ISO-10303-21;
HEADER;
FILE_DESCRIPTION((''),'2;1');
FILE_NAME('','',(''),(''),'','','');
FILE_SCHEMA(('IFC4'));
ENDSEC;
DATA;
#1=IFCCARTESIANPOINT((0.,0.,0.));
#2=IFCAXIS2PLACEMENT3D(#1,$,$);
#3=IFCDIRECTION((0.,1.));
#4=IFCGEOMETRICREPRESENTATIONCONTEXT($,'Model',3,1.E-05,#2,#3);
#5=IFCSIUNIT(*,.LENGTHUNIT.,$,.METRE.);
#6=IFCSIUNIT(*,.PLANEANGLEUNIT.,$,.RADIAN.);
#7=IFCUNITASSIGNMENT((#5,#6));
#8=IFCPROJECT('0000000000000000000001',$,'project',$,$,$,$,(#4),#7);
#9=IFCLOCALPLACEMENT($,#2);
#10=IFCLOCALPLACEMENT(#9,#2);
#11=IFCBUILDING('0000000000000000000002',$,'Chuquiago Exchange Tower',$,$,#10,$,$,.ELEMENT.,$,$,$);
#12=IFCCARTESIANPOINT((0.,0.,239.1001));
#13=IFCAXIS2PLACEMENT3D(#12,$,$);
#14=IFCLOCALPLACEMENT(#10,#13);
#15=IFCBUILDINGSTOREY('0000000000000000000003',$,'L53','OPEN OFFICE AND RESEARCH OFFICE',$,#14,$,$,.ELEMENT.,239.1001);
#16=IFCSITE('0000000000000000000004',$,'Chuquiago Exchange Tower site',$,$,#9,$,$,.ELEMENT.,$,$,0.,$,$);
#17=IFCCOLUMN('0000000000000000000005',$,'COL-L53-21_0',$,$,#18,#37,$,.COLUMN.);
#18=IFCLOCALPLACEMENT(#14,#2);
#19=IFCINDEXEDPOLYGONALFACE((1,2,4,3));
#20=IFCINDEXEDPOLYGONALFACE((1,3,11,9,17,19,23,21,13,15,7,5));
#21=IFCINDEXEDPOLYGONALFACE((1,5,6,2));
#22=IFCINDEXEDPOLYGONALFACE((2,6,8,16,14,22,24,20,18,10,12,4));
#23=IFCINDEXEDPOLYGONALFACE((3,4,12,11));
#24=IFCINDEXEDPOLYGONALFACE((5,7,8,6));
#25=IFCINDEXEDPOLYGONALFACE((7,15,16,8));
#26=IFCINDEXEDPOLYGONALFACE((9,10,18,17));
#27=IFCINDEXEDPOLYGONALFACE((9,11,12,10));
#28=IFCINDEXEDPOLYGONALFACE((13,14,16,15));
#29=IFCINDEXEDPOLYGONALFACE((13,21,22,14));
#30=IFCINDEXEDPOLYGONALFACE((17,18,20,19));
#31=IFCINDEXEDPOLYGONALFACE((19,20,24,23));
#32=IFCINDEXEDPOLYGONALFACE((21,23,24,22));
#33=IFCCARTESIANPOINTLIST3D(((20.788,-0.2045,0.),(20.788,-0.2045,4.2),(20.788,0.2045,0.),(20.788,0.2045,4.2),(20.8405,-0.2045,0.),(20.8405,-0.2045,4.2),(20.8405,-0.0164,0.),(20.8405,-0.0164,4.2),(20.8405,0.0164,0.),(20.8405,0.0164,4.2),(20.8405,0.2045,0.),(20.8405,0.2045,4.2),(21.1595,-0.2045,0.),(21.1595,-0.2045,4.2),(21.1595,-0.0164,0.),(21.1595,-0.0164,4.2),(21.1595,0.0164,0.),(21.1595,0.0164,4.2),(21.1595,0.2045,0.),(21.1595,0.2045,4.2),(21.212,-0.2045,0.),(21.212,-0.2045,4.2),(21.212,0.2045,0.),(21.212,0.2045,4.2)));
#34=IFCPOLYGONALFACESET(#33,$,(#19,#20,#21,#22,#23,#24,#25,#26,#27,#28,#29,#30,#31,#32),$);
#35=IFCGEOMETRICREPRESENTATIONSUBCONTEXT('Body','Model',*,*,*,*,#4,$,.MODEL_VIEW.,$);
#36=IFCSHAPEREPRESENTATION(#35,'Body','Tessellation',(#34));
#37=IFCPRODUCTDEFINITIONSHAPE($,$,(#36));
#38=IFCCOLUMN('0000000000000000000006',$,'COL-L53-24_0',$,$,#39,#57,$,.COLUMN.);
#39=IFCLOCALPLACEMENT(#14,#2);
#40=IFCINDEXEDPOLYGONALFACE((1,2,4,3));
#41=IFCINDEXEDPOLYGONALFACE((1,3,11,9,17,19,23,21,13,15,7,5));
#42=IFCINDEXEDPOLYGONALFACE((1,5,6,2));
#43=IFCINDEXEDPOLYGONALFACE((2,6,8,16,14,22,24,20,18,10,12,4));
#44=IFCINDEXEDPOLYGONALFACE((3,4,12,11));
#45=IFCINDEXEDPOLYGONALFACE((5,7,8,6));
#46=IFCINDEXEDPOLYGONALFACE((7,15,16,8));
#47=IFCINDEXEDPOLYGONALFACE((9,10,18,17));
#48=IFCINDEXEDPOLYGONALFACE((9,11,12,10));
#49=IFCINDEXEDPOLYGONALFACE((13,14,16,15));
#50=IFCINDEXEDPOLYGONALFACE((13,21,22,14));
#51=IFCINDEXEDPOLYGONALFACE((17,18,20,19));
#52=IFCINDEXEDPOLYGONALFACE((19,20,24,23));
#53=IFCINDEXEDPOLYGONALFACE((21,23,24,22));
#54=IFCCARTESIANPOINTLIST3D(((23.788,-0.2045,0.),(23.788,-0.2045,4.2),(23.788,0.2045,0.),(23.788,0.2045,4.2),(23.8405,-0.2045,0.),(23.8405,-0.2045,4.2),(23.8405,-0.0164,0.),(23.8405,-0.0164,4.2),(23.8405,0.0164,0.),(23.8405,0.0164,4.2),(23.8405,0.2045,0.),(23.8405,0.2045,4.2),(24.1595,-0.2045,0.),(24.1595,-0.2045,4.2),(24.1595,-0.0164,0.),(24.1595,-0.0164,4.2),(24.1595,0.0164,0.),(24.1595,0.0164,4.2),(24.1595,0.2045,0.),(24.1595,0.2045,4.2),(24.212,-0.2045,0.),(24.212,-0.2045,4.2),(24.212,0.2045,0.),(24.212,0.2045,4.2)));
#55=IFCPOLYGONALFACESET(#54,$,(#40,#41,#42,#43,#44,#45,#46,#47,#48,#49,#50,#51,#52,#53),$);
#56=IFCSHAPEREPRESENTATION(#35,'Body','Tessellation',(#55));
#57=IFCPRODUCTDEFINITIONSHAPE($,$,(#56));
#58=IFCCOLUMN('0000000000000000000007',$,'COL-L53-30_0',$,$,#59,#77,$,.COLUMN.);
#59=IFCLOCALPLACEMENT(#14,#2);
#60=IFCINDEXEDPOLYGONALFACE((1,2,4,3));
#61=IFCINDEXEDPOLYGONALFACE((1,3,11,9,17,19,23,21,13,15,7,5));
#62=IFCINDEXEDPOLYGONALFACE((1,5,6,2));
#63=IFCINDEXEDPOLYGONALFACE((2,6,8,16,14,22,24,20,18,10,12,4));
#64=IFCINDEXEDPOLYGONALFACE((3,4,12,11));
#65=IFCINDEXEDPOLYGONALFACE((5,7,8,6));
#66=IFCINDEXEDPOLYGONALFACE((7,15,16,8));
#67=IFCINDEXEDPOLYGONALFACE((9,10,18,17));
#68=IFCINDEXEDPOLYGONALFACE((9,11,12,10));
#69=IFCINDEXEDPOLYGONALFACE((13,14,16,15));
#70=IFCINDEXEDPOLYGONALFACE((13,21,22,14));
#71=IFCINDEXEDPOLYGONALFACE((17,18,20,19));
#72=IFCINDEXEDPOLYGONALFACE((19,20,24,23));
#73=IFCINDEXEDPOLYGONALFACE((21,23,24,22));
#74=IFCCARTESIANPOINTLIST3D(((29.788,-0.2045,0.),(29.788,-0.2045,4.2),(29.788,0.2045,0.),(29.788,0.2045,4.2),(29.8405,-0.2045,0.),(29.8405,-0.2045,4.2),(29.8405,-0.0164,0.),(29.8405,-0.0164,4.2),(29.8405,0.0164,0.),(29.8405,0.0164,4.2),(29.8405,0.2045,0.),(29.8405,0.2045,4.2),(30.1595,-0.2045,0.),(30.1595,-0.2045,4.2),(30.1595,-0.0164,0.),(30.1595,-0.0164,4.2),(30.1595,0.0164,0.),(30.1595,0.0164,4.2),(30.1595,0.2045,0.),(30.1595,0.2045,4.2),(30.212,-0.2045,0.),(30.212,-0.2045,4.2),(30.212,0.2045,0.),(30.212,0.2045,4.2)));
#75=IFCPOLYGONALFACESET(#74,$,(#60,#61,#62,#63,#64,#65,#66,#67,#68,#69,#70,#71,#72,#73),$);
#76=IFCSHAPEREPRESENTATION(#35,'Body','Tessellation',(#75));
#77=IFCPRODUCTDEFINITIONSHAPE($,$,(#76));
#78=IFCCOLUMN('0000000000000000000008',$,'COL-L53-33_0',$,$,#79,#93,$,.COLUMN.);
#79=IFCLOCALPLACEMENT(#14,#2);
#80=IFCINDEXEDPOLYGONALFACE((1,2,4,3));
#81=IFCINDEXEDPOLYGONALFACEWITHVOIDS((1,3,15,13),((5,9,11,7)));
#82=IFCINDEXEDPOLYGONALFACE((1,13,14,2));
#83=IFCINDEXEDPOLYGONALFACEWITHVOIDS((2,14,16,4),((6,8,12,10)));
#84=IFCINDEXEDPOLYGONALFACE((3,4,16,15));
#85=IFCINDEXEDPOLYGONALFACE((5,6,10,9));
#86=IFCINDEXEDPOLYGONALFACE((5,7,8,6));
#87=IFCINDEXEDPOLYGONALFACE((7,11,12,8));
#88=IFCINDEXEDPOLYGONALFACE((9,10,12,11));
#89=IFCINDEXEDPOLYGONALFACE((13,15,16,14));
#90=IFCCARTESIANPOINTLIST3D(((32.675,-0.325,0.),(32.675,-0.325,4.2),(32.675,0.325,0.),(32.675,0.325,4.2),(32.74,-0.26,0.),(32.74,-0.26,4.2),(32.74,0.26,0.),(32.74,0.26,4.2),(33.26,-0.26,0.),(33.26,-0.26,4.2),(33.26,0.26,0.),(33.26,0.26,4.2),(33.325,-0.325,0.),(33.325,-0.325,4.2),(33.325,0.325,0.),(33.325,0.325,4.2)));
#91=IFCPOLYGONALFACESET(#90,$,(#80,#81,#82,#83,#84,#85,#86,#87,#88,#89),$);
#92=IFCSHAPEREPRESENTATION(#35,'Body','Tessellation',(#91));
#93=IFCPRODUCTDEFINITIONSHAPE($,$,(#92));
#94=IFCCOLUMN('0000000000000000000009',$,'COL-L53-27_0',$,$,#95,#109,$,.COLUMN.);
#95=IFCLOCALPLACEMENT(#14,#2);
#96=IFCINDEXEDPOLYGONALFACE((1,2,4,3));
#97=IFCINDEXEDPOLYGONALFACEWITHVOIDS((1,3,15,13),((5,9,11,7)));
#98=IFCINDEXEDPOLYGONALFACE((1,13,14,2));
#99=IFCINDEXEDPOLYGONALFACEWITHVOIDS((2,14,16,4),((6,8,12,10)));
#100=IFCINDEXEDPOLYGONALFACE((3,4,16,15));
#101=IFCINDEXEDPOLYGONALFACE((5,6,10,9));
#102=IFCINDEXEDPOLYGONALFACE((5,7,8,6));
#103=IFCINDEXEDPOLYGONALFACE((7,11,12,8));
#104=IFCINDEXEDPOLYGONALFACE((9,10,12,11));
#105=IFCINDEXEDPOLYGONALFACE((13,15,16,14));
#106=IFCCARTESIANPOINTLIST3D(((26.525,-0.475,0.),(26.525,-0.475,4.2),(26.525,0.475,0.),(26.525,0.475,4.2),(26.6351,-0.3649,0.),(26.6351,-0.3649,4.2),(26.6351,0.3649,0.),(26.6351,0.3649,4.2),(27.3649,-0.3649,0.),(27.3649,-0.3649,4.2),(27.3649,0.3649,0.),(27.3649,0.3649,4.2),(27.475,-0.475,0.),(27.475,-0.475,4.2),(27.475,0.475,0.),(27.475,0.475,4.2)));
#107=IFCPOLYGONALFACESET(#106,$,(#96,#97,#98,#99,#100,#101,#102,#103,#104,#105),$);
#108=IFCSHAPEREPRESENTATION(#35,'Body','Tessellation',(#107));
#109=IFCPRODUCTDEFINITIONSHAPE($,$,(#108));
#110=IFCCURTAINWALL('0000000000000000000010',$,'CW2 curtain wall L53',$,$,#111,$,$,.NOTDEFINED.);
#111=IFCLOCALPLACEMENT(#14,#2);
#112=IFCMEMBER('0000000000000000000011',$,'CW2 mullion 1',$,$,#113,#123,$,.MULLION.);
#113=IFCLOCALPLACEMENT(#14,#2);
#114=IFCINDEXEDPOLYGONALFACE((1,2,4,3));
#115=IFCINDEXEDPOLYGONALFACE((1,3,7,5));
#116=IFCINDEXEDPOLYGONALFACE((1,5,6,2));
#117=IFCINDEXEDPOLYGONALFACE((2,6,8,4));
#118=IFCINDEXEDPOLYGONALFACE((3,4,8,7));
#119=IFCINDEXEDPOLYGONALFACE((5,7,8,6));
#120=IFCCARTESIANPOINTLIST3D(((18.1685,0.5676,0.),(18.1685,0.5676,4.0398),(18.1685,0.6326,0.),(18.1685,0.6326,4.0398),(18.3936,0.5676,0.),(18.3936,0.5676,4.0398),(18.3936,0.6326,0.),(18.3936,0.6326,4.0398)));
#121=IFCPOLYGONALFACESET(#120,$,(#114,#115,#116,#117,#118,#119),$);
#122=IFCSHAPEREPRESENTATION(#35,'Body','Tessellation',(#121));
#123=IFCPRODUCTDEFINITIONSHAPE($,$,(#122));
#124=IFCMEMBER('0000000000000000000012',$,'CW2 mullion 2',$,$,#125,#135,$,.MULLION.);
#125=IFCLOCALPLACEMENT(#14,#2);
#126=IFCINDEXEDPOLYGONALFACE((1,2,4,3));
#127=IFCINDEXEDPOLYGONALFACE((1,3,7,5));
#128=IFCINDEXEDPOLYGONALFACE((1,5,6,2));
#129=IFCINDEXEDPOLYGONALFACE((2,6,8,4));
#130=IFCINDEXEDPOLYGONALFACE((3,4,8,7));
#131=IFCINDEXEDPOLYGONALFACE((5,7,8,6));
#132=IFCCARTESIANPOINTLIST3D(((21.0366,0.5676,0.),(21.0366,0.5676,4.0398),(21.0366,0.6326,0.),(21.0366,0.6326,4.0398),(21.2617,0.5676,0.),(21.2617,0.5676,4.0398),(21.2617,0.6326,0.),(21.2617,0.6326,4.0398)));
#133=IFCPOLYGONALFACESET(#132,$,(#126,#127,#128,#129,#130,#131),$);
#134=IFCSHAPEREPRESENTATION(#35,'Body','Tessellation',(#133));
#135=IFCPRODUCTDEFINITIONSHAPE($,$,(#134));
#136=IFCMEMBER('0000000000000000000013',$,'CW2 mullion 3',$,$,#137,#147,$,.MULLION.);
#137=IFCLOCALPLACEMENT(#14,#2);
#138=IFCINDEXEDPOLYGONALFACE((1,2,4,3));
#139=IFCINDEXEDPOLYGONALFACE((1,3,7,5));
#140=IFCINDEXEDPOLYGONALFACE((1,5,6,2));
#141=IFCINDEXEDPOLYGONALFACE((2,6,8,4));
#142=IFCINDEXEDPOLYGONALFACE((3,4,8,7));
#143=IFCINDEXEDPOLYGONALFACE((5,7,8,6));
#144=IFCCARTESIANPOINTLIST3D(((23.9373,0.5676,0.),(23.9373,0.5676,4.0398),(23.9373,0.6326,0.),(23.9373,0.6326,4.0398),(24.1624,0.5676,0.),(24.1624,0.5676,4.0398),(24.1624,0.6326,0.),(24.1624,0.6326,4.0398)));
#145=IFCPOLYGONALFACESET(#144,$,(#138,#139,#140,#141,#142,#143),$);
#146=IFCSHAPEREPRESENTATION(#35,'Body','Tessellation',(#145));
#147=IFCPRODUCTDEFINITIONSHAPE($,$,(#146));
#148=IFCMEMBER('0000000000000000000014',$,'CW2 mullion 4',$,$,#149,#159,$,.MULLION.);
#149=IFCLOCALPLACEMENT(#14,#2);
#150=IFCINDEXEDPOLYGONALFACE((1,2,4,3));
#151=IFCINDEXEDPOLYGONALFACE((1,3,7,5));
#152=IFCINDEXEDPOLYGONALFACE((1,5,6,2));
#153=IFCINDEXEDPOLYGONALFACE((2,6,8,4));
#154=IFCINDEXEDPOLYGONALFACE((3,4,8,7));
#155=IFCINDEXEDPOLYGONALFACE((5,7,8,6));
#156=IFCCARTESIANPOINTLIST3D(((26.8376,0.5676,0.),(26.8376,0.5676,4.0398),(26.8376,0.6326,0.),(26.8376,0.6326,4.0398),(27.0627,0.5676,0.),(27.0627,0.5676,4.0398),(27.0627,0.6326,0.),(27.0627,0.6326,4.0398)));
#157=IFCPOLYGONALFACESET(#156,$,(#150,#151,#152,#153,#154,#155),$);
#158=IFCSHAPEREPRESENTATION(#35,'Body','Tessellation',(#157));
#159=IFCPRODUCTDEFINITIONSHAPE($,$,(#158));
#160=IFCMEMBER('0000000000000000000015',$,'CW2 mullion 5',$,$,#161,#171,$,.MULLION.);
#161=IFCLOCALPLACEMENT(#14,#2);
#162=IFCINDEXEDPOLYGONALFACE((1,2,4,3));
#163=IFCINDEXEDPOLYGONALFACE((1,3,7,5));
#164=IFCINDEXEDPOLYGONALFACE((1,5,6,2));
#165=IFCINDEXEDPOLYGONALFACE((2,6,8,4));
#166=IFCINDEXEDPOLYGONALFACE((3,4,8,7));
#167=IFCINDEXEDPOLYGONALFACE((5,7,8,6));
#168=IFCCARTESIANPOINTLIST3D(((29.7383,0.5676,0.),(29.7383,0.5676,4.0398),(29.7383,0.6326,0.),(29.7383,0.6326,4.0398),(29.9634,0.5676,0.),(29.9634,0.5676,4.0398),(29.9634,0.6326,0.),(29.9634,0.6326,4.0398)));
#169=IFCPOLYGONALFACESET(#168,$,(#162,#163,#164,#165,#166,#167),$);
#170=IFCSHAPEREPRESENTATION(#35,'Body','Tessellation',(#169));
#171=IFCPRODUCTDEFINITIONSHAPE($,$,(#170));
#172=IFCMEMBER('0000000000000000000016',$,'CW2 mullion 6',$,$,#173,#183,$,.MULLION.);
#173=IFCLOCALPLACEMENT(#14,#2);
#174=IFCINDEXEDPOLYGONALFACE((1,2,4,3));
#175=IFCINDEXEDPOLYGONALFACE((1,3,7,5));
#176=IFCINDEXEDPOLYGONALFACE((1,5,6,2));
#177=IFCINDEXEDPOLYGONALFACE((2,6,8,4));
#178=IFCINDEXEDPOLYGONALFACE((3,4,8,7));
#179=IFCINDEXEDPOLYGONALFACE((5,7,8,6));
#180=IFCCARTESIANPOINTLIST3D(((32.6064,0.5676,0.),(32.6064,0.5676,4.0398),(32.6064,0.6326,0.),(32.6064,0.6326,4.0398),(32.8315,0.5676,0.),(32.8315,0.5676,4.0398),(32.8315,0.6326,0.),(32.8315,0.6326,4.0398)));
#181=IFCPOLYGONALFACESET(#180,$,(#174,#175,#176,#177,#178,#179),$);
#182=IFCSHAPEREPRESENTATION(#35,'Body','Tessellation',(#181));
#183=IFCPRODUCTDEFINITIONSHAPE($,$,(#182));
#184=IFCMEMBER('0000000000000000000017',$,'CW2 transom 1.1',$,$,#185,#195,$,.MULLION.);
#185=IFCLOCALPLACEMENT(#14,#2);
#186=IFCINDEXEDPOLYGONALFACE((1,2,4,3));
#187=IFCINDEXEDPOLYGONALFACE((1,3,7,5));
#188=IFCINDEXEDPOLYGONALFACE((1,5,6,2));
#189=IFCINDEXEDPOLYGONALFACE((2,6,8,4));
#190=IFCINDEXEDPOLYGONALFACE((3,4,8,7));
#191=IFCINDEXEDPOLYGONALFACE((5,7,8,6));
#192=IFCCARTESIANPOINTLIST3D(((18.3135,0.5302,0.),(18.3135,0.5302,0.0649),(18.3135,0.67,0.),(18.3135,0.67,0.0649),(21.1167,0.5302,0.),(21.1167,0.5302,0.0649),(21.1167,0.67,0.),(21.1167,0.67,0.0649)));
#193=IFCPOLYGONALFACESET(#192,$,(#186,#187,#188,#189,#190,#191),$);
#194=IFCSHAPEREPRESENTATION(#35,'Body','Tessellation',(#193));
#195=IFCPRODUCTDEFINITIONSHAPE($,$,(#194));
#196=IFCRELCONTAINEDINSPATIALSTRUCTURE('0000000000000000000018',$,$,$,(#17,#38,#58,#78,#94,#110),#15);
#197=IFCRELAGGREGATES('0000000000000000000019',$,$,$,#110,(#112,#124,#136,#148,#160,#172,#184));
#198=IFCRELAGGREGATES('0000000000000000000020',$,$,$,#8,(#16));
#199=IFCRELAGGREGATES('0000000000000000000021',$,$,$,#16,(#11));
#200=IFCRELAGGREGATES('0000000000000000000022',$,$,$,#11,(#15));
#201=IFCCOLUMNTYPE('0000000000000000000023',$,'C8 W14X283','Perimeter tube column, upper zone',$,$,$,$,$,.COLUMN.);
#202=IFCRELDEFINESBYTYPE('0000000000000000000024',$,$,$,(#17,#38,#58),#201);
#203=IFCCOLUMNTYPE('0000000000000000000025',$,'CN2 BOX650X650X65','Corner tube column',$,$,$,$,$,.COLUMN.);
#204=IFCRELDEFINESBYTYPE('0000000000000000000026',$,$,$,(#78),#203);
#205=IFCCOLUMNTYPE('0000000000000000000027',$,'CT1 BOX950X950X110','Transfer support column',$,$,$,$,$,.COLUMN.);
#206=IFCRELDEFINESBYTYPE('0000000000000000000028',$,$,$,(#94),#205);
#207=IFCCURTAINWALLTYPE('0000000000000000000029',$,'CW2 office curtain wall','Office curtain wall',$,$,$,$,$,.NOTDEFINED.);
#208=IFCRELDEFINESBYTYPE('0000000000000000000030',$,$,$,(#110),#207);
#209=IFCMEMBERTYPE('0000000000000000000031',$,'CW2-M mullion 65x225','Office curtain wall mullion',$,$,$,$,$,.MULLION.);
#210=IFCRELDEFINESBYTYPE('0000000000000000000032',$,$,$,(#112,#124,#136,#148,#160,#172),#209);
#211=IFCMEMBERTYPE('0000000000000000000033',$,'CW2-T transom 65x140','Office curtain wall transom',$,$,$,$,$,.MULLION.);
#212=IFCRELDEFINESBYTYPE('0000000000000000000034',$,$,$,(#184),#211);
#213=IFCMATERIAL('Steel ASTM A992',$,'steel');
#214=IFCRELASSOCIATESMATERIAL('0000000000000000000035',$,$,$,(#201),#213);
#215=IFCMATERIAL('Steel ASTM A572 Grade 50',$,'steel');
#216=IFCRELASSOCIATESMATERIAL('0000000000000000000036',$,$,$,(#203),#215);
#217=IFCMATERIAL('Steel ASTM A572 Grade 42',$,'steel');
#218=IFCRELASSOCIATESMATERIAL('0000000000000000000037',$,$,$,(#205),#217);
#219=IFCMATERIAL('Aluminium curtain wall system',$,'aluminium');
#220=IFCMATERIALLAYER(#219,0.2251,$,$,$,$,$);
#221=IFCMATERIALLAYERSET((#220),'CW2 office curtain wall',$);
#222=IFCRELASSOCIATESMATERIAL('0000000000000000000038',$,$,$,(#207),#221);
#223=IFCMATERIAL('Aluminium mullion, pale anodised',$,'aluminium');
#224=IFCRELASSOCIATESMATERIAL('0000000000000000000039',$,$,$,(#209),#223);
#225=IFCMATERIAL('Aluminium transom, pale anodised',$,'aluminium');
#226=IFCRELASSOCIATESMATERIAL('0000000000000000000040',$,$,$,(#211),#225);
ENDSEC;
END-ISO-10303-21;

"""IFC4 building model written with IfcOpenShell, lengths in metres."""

from ifc_helpers import new_model, si_unit, direction, frame, origin, origin_2d, place, context, subcontext, project, spatial, rectangle, hollow_rectangle, i_section, extrude, material, layer, layer_set, material_profile, profile_set, type_object, element, aggregate, save


model = new_model("IFC4")

# Units and contexts
model_context = context("Model", 3, precision=1e-05, world=origin(), true_north=direction((0.0, 1.0)))
body_context = subcontext(model_context, "Body", "Model", "MODEL_VIEW")
ifc_project = project(units=[si_unit("LENGTHUNIT", "METRE"), si_unit("PLANEANGLEUNIT", "RADIAN")], contexts=[model_context])

# Site, building, storey
site_placement = place(None, origin())
site = spatial("IfcSite", under=ifc_project, at=site_placement, Name="Chuquiago Exchange Tower site", CompositionType="ELEMENT", RefElevation=0.0)
building_placement = place(site_placement, origin())
building = spatial("IfcBuilding", under=site, at=building_placement, Name="Chuquiago Exchange Tower", CompositionType="ELEMENT")
storey_placement = place(building_placement, frame((0.0, 0.0, 239.1001)))
storey = spatial("IfcBuildingStorey", under=building, at=storey_placement, Name="L53", Description="OPEN OFFICE AND RESEARCH OFFICE", CompositionType="ELEMENT", Elevation=239.1001)

# Columns
ifc_material_1 = material(Name="Steel ASTM A992", Category="steel")
ifc_material_profile_1 = material_profile(ifc_material_1, i_section(OverallWidth=0.4089, OverallDepth=0.4241, WebThickness=0.0327, FlangeThickness=0.0525, at=origin_2d()), Name="W14X283")
ifc_profile_set_1 = profile_set([ifc_material_profile_1], Name="Steel ASTM A992")
column_type_1 = type_object("IfcColumnType", Name="C8 W14X283", Description="Perimeter tube column, upper zone", PredefinedType="COLUMN", material=ifc_profile_set_1)
for number, where, z_axis, x_axis, name in (
    (1, (21.0, 0.0, 0.0), (0.0, 0.0, 1.0), (0.0, -1.0, 0.0), "COL-L53-21_0"),
    (2, (24.0, 0.0, 0.0), (0.0, 0.0, 1.0), (0.0, -1.0, 0.0), "COL-L53-24_0"),
    (3, (30.0, 0.0, 0.0), (0.0, 0.0, 1.0), (0.0, -1.0, 0.0), "COL-L53-30_0"),
):
    element("IfcColumn", number, at=place(storey_placement, frame(where, z_axis=z_axis, x_axis=x_axis)), inside=storey, type_object=column_type_1, Name=name, PredefinedType="COLUMN", context=body_context, shape_type="SweptSolid", body=[
        extrude(i_section(OverallWidth=0.4089, OverallDepth=0.4241, WebThickness=0.0327, FlangeThickness=0.0525, at=origin_2d()), origin(), (0.0, 0.0, 1.0), 4.2),
    ])
ifc_material_2 = material(Name="Steel ASTM A572 Grade 50", Category="steel")
ifc_material_profile_2 = material_profile(ifc_material_2, hollow_rectangle(XDim=0.6499, YDim=0.6499, WallThickness=0.0649, at=origin_2d()), Name="BOX650X650X65")
ifc_profile_set_2 = profile_set([ifc_material_profile_2], Name="Steel ASTM A572 Grade 50")
column_type_2 = type_object("IfcColumnType", Name="CN2 BOX650X650X65", Description="Corner tube column", PredefinedType="COLUMN", material=ifc_profile_set_2)
column_1_placement = place(storey_placement, frame((33.0, 0.0, 0.0), z_axis=(0.0, 0.0, 1.0), x_axis=(0.0, -1.0, 0.0)))
element("IfcColumn", 4, at=column_1_placement, inside=storey, type_object=column_type_2, Name="COL-L53-33_0", PredefinedType="COLUMN", context=body_context, shape_type="SweptSolid", body=[
    extrude(hollow_rectangle(XDim=0.6499, YDim=0.6499, WallThickness=0.0649, at=origin_2d()), origin(), (0.0, 0.0, 1.0), 4.2),
])
ifc_material_3 = material(Name="Steel ASTM A572 Grade 42", Category="steel")
ifc_material_profile_3 = material_profile(ifc_material_3, hollow_rectangle(XDim=0.95, YDim=0.95, WallThickness=0.1101, at=origin_2d()), Name="BOX950X950X110")
ifc_profile_set_3 = profile_set([ifc_material_profile_3], Name="Steel ASTM A572 Grade 42")
column_type_3 = type_object("IfcColumnType", Name="CT1 BOX950X950X110", Description="Transfer support column", PredefinedType="COLUMN", material=ifc_profile_set_3)
column_2_placement = place(storey_placement, frame((27.0, 0.0, 0.0), z_axis=(0.0, 0.0, 1.0), x_axis=(0.0, -1.0, 0.0)))
element("IfcColumn", 5, at=column_2_placement, inside=storey, type_object=column_type_3, Name="COL-L53-27_0", PredefinedType="COLUMN", context=body_context, shape_type="SweptSolid", body=[
    extrude(hollow_rectangle(XDim=0.95, YDim=0.95, WallThickness=0.1101, at=origin_2d()), origin(), (0.0, 0.0, 1.0), 4.2),
])

# Curtain wall, members
ifc_material_4 = material(Name="Aluminium curtain wall system", Category="aluminium")
ifc_layer_1 = layer(ifc_material_4, 0.2251)
ifc_layer_set_1 = layer_set([ifc_layer_1], Name="CW2 office curtain wall")
curtain_wall_type_1 = type_object("IfcCurtainWallType", Name="CW2 office curtain wall", Description="Office curtain wall", PredefinedType="NOTDEFINED", material=ifc_layer_set_1)
curtain_wall_1_placement = place(storey_placement, origin())
curtain_wall_1 = element("IfcCurtainWall", 6, at=curtain_wall_1_placement, inside=storey, type_object=curtain_wall_type_1, Name="CW2 curtain wall L53", PredefinedType="NOTDEFINED")
ifc_material_5 = material(Name="Aluminium mullion, pale anodised", Category="aluminium")
ifc_material_profile_4 = material_profile(ifc_material_5, rectangle(XDim=0.0649, YDim=0.2251, at=origin_2d()), Name="AL 65x225")
ifc_profile_set_4 = profile_set([ifc_material_profile_4], Name="Aluminium mullion, pale anodised")
member_type_1 = type_object("IfcMemberType", Name="CW2-M mullion 65x225", Description="Office curtain wall mullion", PredefinedType="MULLION", material=ifc_profile_set_4)
member_1_placement = place(storey_placement, frame((18.281, 0.6001, 0.0), z_axis=(0.0, 0.0, 1.0), x_axis=(0.0, 1.0, 0.0)))
member_1 = element("IfcMember", 7, at=member_1_placement, type_object=member_type_1, Name="CW2 mullion 1", PredefinedType="MULLION", context=body_context, shape_type="SweptSolid", body=[
    extrude(rectangle(XDim=0.0649, YDim=0.2251, at=origin_2d()), origin(), (0.0, 0.0, 1.0), 4.0398),
])
member_2_placement = place(storey_placement, frame((21.1492, 0.6001, 0.0), z_axis=(0.0, 0.0, 1.0), x_axis=(0.0, 1.0, 0.0)))
member_2 = element("IfcMember", 8, at=member_2_placement, type_object=member_type_1, Name="CW2 mullion 2", PredefinedType="MULLION", context=body_context, shape_type="SweptSolid", body=[
    extrude(rectangle(XDim=0.0649, YDim=0.2251, at=origin_2d()), origin(), (0.0, 0.0, 1.0), 4.0398),
])
member_3_placement = place(storey_placement, frame((24.0498, 0.6001, 0.0), z_axis=(0.0, 0.0, 1.0), x_axis=(0.0, 1.0, 0.0)))
member_3 = element("IfcMember", 9, at=member_3_placement, type_object=member_type_1, Name="CW2 mullion 3", PredefinedType="MULLION", context=body_context, shape_type="SweptSolid", body=[
    extrude(rectangle(XDim=0.0649, YDim=0.2251, at=origin_2d()), origin(), (0.0, 0.0, 1.0), 4.0398),
])
member_4_placement = place(storey_placement, frame((26.9502, 0.6001, 0.0), z_axis=(0.0, 0.0, 1.0), x_axis=(0.0, 1.0, 0.0)))
member_4 = element("IfcMember", 10, at=member_4_placement, type_object=member_type_1, Name="CW2 mullion 4", PredefinedType="MULLION", context=body_context, shape_type="SweptSolid", body=[
    extrude(rectangle(XDim=0.0649, YDim=0.2251, at=origin_2d()), origin(), (0.0, 0.0, 1.0), 4.0398),
])
member_5_placement = place(storey_placement, frame((29.8508, 0.6001, 0.0), z_axis=(0.0, 0.0, 1.0), x_axis=(0.0, 1.0, 0.0)))
member_5 = element("IfcMember", 11, at=member_5_placement, type_object=member_type_1, Name="CW2 mullion 5", PredefinedType="MULLION", context=body_context, shape_type="SweptSolid", body=[
    extrude(rectangle(XDim=0.0649, YDim=0.2251, at=origin_2d()), origin(), (0.0, 0.0, 1.0), 4.0398),
])
member_6_placement = place(storey_placement, frame((32.719, 0.6001, 0.0), z_axis=(0.0, 0.0, 1.0), x_axis=(0.0, 1.0, 0.0)))
member_6 = element("IfcMember", 12, at=member_6_placement, type_object=member_type_1, Name="CW2 mullion 6", PredefinedType="MULLION", context=body_context, shape_type="SweptSolid", body=[
    extrude(rectangle(XDim=0.0649, YDim=0.2251, at=origin_2d()), origin(), (0.0, 0.0, 1.0), 4.0398),
])
ifc_material_6 = material(Name="Aluminium transom, pale anodised", Category="aluminium")
ifc_material_profile_5 = material_profile(ifc_material_6, rectangle(XDim=0.1399, YDim=0.0649, at=origin_2d()), Name="AL 140x65")
ifc_profile_set_5 = profile_set([ifc_material_profile_5], Name="Aluminium transom, pale anodised")
member_type_2 = type_object("IfcMemberType", Name="CW2-T transom 65x140", Description="Office curtain wall transom", PredefinedType="MULLION", material=ifc_profile_set_5)
member_7_placement = place(storey_placement, frame((18.3135, 0.6001, 0.0325), z_axis=(1.0, 0.0, 0.0), x_axis=(0.0, 1.0, 0.0)))
member_7 = element("IfcMember", 13, at=member_7_placement, type_object=member_type_2, Name="CW2 transom 1.1", PredefinedType="MULLION", context=body_context, shape_type="SweptSolid", body=[
    extrude(rectangle(XDim=0.1399, YDim=0.0649, at=origin_2d()), origin(), (0.0, 0.0, 1.0), 2.8032),
])

aggregate(curtain_wall_1, [member_1, member_2, member_3, member_4, member_5, member_6, member_7])

save(model, "model.ifc")
